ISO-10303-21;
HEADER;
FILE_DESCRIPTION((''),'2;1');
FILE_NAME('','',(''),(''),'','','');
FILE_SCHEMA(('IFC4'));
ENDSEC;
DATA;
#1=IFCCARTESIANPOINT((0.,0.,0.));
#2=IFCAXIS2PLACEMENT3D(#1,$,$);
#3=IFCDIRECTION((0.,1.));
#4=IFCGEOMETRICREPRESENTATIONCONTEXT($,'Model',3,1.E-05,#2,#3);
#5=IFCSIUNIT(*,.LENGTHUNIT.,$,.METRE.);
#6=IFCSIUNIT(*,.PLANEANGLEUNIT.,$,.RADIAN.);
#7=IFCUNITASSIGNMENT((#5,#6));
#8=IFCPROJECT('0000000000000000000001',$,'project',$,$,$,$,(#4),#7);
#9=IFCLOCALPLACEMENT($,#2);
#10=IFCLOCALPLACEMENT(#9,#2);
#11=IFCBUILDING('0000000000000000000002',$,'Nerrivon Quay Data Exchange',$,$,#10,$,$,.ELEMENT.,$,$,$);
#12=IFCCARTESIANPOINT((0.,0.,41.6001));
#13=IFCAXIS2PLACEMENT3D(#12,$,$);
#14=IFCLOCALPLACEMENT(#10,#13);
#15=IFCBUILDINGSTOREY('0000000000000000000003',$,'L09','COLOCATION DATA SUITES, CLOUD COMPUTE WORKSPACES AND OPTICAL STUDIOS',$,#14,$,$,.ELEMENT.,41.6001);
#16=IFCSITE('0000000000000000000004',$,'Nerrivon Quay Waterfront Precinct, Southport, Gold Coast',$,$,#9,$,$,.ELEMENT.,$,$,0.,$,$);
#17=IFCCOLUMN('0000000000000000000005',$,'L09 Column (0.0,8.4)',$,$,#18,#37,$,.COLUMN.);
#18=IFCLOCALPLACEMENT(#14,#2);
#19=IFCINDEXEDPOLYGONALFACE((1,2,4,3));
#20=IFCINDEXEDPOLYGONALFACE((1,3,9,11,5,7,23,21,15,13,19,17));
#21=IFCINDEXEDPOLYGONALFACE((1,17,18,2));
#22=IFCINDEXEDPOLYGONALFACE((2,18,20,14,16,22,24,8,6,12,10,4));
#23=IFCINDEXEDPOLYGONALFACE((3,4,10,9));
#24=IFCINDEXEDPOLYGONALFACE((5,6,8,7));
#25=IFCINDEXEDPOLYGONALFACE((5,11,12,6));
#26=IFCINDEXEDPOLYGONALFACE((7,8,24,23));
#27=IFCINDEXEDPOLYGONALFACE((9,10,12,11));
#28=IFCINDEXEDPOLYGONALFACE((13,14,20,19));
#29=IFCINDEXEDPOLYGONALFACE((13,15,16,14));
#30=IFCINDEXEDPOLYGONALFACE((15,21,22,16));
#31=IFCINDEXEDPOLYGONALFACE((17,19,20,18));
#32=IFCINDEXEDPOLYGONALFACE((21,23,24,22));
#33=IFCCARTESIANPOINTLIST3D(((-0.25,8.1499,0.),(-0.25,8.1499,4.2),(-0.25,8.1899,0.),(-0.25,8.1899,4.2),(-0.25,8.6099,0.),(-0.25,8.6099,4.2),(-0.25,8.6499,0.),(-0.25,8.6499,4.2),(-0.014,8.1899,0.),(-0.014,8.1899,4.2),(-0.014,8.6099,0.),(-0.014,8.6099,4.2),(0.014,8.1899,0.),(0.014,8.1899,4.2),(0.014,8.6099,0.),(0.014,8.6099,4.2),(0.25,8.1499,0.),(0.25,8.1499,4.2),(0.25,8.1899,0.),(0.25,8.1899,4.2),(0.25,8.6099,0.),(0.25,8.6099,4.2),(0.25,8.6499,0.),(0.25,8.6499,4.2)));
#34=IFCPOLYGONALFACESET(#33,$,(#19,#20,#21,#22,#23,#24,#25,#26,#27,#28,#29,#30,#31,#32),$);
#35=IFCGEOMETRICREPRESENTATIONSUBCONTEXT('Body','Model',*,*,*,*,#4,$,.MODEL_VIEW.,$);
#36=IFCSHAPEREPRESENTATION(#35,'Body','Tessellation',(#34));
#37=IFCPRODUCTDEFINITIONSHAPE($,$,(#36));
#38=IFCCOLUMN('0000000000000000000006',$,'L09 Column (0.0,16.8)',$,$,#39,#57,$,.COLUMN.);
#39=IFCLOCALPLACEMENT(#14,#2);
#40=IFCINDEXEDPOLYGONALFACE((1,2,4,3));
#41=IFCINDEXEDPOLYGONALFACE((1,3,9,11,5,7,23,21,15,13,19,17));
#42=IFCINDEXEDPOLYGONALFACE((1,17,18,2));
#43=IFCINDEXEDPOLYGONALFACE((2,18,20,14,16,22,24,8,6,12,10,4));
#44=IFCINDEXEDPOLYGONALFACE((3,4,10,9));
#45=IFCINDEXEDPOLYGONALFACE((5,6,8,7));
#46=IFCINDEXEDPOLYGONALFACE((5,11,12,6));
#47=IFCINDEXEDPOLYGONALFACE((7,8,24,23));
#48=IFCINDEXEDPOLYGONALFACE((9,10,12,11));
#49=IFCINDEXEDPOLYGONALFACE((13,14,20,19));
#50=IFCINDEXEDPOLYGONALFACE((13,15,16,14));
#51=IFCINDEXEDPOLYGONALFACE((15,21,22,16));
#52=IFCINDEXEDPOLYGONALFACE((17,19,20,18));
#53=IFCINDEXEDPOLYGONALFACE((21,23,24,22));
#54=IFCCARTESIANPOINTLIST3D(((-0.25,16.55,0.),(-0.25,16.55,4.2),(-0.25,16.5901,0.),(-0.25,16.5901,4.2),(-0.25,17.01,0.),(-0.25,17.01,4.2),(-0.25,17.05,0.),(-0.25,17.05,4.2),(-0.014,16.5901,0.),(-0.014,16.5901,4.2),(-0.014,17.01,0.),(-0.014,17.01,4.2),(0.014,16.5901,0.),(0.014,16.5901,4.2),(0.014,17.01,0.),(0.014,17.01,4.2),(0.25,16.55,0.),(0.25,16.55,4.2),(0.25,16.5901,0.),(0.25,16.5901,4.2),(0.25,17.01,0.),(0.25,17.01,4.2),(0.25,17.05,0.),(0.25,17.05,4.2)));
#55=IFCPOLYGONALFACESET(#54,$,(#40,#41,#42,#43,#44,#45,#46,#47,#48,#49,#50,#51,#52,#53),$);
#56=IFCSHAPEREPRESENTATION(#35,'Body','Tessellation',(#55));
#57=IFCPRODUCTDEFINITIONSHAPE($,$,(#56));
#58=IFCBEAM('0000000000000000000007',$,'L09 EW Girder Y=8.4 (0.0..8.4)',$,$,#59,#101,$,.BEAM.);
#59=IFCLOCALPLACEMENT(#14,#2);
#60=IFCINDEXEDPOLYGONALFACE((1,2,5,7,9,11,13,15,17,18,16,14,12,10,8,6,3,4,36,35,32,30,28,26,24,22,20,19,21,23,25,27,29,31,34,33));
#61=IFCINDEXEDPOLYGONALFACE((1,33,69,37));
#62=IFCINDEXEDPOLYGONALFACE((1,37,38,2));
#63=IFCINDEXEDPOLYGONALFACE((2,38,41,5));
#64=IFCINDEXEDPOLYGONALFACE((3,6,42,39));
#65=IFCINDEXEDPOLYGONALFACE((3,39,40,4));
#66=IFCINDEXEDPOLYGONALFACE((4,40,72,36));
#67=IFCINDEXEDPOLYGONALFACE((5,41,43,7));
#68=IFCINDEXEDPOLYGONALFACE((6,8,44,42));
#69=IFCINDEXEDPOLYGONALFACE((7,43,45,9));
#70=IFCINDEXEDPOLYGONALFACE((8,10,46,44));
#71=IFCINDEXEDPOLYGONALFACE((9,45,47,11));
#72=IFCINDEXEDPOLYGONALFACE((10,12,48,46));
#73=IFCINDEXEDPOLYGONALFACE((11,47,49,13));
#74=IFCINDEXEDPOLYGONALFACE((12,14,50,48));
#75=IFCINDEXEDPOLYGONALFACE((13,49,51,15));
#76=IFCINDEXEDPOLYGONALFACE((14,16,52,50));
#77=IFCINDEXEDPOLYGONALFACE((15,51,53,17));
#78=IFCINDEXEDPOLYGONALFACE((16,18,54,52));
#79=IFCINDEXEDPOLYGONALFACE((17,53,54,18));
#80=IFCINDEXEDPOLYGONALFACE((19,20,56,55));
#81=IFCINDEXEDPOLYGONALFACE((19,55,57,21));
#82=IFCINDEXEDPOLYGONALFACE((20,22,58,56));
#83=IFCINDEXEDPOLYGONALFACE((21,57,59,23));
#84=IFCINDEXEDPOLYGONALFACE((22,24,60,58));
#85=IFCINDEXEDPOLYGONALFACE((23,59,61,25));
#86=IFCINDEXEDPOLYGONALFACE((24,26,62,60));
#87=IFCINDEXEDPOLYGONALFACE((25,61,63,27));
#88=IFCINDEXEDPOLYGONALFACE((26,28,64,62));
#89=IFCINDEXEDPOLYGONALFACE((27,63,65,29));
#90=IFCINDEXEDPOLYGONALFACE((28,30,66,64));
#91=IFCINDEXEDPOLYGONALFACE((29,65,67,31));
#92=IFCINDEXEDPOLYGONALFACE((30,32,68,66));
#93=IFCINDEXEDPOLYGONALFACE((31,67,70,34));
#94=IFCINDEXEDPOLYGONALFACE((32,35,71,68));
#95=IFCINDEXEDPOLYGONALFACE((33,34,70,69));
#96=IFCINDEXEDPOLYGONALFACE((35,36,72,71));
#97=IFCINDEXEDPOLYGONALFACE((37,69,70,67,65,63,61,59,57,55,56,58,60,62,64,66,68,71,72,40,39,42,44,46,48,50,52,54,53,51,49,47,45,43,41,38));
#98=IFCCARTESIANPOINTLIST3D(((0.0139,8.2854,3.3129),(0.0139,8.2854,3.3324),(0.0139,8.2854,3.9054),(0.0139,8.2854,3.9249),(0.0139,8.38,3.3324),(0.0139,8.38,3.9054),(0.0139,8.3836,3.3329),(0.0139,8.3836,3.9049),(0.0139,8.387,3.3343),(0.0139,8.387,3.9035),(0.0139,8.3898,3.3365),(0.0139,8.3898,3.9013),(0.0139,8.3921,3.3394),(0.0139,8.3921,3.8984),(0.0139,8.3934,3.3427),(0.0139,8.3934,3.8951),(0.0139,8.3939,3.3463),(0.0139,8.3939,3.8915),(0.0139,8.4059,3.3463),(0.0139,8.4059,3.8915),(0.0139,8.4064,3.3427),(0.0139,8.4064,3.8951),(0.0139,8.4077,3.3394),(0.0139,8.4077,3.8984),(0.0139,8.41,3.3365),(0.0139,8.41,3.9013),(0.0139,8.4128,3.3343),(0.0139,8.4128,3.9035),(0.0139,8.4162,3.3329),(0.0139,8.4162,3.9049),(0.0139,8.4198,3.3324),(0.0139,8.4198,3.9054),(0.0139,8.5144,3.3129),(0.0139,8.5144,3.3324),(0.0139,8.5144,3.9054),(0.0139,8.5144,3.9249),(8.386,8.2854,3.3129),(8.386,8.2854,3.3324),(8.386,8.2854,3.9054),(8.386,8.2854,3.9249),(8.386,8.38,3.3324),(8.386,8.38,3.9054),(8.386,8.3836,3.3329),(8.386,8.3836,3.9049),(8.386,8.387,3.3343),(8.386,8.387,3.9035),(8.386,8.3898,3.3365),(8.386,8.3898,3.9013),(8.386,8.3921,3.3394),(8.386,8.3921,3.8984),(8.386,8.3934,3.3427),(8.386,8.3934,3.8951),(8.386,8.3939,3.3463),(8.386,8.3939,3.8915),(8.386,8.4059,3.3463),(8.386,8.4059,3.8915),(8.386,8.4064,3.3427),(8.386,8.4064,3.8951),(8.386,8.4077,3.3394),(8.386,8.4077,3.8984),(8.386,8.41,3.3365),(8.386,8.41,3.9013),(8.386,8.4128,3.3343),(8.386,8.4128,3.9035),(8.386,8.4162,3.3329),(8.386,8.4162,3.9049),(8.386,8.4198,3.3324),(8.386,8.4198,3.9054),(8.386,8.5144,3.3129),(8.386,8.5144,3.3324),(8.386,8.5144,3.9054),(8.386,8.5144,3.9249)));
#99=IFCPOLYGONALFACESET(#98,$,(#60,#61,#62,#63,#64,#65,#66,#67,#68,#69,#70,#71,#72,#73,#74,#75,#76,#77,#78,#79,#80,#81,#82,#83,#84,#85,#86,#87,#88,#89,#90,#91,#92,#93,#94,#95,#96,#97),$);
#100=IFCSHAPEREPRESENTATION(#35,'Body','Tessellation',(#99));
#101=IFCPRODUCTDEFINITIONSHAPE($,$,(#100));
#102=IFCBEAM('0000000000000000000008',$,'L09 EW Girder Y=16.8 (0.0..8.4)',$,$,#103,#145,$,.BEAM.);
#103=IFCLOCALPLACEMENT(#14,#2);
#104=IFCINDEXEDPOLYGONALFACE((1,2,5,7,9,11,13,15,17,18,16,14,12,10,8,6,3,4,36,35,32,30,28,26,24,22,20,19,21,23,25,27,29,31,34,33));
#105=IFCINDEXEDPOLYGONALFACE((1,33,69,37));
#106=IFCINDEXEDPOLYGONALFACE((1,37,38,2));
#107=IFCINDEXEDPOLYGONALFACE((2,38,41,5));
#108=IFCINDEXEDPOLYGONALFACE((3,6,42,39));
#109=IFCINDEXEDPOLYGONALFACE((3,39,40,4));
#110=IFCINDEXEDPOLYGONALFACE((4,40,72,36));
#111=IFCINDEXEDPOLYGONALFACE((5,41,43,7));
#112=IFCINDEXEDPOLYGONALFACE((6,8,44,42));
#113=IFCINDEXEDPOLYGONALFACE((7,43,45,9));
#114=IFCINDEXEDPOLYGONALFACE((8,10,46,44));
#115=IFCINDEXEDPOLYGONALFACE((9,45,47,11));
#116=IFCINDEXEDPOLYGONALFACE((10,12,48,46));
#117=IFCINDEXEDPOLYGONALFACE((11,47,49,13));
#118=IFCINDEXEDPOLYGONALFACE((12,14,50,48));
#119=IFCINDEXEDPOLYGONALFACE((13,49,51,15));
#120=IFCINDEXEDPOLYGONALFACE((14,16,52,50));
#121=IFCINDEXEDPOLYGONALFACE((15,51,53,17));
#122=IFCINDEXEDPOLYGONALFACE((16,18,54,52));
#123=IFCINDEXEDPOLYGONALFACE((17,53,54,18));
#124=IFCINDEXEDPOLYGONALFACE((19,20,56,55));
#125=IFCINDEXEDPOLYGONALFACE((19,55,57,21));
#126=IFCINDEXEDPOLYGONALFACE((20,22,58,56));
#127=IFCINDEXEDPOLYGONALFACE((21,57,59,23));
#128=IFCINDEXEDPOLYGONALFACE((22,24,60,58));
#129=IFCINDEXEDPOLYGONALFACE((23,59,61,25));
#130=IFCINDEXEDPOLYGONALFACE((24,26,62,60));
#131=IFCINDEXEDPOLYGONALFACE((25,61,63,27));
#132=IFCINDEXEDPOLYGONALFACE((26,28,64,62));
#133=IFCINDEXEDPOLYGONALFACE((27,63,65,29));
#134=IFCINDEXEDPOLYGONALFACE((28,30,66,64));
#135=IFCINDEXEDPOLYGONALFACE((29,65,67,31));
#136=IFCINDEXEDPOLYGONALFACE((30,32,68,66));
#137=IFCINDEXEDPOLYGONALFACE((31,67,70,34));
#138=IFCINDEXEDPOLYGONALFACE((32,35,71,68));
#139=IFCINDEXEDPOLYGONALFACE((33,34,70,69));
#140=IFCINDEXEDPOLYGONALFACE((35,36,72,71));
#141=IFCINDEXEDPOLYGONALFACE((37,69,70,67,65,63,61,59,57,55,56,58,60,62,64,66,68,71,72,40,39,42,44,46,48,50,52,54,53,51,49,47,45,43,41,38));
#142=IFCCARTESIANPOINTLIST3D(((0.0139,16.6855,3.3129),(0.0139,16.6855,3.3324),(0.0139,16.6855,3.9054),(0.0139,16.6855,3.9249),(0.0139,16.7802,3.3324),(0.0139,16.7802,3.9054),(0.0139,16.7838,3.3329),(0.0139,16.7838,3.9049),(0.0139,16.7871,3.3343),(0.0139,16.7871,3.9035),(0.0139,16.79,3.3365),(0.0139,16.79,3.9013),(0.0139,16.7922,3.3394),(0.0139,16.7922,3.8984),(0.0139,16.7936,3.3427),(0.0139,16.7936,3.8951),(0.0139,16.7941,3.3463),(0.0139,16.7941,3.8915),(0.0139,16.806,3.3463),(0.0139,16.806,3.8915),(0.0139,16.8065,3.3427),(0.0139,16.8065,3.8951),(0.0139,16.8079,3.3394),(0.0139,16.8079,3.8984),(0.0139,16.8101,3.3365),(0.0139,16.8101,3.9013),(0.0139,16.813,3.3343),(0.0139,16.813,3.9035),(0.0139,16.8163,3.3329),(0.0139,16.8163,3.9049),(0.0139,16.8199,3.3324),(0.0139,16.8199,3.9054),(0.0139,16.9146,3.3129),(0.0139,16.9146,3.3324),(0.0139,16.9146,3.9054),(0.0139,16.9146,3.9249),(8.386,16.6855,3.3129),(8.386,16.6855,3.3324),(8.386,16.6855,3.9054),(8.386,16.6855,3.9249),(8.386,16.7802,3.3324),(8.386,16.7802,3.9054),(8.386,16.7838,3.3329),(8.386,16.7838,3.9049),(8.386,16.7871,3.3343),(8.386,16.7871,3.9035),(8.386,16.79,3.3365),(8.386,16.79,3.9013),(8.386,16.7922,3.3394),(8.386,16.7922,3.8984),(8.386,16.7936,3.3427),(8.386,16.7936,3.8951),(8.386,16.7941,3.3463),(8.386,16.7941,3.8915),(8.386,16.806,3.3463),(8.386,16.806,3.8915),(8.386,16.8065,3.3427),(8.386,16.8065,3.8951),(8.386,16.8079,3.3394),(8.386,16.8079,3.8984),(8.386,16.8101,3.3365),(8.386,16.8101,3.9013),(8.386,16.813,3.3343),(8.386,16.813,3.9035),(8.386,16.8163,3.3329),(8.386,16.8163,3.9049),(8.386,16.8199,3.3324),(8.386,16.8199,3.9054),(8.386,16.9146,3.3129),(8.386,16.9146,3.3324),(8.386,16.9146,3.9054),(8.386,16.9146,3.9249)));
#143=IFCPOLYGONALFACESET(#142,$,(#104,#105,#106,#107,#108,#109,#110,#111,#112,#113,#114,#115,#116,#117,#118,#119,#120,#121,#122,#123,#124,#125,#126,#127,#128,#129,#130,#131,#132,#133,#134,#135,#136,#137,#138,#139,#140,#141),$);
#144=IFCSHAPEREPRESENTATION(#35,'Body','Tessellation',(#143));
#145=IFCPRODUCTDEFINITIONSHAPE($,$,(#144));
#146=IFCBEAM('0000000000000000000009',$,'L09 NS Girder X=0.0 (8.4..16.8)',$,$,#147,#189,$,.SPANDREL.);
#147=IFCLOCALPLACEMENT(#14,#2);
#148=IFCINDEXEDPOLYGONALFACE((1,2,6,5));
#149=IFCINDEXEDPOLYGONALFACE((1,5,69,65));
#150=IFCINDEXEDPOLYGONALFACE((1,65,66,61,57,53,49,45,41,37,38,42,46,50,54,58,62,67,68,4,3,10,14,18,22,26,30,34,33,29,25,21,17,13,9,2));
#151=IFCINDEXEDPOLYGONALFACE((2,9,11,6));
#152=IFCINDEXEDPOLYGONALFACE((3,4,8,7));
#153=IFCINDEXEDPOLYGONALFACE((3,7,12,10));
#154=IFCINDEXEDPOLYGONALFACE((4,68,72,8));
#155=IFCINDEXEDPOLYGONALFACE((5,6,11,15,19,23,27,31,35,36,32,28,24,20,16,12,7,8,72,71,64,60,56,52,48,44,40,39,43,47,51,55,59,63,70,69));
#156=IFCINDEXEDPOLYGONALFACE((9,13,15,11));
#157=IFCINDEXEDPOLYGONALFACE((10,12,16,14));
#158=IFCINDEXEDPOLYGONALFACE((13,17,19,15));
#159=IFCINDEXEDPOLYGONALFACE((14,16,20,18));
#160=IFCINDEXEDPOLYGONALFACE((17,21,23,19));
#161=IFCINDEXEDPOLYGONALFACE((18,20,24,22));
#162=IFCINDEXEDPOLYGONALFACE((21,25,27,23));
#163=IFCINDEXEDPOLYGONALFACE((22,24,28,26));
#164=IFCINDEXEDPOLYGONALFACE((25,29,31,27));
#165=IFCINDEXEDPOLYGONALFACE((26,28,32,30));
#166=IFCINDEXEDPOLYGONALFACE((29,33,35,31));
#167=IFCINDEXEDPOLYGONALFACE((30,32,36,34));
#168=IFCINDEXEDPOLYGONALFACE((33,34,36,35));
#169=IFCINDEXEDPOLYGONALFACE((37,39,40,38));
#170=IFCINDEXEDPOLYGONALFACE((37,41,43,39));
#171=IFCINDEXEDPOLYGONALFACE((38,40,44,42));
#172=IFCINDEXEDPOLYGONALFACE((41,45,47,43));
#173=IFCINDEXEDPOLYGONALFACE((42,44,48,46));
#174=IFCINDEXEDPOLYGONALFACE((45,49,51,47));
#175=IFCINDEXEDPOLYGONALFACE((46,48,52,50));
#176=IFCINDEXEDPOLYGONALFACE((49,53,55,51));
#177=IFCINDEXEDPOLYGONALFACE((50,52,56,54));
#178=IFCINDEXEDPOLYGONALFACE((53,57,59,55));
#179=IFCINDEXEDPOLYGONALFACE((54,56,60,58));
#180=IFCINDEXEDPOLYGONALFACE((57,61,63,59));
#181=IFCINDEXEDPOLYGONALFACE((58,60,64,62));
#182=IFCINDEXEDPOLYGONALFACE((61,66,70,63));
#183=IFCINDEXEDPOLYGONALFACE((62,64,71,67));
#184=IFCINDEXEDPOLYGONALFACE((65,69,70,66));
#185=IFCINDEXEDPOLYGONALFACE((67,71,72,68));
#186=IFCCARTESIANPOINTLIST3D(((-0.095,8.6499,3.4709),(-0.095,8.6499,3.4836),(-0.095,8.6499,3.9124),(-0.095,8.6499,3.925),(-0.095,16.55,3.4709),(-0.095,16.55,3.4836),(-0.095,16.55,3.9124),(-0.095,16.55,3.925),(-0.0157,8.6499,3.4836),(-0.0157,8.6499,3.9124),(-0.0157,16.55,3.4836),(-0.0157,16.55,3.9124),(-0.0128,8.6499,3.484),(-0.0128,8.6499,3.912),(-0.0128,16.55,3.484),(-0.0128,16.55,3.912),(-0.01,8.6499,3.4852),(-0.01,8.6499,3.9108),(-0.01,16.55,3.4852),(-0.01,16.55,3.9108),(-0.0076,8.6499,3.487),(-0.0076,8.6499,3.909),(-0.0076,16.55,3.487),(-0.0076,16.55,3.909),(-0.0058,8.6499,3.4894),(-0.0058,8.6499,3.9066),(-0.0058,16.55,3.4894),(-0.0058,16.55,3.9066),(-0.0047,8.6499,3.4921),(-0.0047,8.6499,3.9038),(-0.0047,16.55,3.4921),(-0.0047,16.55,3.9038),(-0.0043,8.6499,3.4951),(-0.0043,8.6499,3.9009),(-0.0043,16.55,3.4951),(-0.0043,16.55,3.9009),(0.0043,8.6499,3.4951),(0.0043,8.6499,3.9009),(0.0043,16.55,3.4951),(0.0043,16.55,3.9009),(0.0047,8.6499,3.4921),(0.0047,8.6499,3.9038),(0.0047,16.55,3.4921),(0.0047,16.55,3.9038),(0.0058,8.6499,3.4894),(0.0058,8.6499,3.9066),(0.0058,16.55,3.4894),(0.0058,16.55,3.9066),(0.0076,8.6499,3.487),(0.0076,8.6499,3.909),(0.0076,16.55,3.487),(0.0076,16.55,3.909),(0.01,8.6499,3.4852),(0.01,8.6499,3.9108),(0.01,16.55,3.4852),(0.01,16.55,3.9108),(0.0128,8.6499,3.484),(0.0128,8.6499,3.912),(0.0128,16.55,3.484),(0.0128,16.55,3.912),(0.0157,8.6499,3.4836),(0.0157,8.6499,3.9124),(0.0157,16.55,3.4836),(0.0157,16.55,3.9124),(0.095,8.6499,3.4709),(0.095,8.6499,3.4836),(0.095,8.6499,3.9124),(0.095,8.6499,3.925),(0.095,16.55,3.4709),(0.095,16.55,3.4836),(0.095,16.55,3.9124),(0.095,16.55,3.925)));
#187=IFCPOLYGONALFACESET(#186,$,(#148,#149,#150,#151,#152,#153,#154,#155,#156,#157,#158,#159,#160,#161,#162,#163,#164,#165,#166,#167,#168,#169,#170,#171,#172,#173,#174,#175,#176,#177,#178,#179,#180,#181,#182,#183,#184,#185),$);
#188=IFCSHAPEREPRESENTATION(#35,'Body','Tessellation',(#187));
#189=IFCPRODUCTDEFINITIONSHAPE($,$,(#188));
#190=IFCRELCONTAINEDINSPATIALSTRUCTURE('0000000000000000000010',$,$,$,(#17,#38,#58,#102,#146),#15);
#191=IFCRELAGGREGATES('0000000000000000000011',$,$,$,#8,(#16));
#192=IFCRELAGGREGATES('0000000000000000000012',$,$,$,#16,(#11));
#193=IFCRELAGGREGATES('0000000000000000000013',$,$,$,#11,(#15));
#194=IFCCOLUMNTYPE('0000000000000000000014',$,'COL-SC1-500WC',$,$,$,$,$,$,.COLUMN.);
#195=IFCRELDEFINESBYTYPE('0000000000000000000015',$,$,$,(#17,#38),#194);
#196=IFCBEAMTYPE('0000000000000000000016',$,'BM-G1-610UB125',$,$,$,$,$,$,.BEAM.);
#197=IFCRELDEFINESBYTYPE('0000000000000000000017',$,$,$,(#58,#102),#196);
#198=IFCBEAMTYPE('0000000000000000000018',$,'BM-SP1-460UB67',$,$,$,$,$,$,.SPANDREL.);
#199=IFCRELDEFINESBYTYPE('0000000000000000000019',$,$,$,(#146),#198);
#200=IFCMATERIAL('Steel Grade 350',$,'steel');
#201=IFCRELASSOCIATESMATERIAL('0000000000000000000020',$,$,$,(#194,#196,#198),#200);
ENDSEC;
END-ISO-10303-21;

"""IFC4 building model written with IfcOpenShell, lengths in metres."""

from ifc_helpers import new_model, si_unit, direction, frame, origin, origin_2d, place, context, subcontext, project, spatial, i_section, extrude, material, material_profile, profile_set, type_object, element, save


model = new_model("IFC4")

# Units and contexts
model_context = context("Model", 3, precision=1e-05, world=origin(), true_north=direction((0.0, 1.0)))
body_context = subcontext(model_context, "Body", "Model", "MODEL_VIEW")
ifc_project = project(units=[si_unit("LENGTHUNIT", "METRE"), si_unit("PLANEANGLEUNIT", "RADIAN")], contexts=[model_context])

# Site, building, storey
site_placement = place(None, origin())
site = spatial("IfcSite", under=ifc_project, at=site_placement, Name="Nerrivon Quay Waterfront Precinct, Southport, Gold Coast", CompositionType="ELEMENT", RefElevation=0.0)
building_placement = place(site_placement, origin())
building = spatial("IfcBuilding", under=site, at=building_placement, Name="Nerrivon Quay Data Exchange", CompositionType="ELEMENT")
storey_placement = place(building_placement, frame((0.0, 0.0, 41.6001)))
storey = spatial("IfcBuildingStorey", under=building, at=storey_placement, Name="L09", Description="COLOCATION DATA SUITES, CLOUD COMPUTE WORKSPACES AND OPTICAL STUDIOS", CompositionType="ELEMENT", Elevation=41.6001)

# Columns
ifc_material_1 = material(Name="Steel Grade 350", Category="steel")
ifc_material_profile_1 = material_profile(ifc_material_1, i_section(OverallWidth=0.5, OverallDepth=0.5, WebThickness=0.0281, FlangeThickness=0.04, at=origin_2d()), Name="500WC440")
ifc_profile_set_1 = profile_set([ifc_material_profile_1], Name="Steel Grade 350")
column_type = type_object("IfcColumnType", Name="COL-SC1-500WC", PredefinedType="COLUMN", material=ifc_profile_set_1)
for number, where, z_axis, x_axis, name in (
    (1, (0.0, 8.3999, 0.0), (0.0, 0.0, 1.0), (1.0, 0.0, 0.0), "L09 Column (0.0,8.4)"),
    (2, (0.0, 16.8, 0.0), (0.0, 0.0, 1.0), (1.0, 0.0, 0.0), "L09 Column (0.0,16.8)"),
):
    element("IfcColumn", number, at=place(storey_placement, frame(where, z_axis=z_axis, x_axis=x_axis)), inside=storey, type_object=column_type, Name=name, PredefinedType="COLUMN", context=body_context, shape_type="SweptSolid", body=[
        extrude(i_section(OverallWidth=0.5, OverallDepth=0.5, WebThickness=0.0281, FlangeThickness=0.04, at=origin_2d()), origin(), (0.0, 0.0, 1.0), 4.2),
    ])

# Beams
ifc_material_profile_2 = material_profile(ifc_material_1, i_section(OverallWidth=0.229, OverallDepth=0.6121, WebThickness=0.012, FlangeThickness=0.0195, FilletRadius=0.0139, at=origin_2d()), Name="610UB125")
ifc_profile_set_2 = profile_set([ifc_material_profile_2], Name="Steel Grade 350")
beam_type_1 = type_object("IfcBeamType", Name="BM-G1-610UB125", PredefinedType="BEAM", material=ifc_profile_set_2)
for number, where, z_axis, x_axis, name in (
    (3, (0.0139, 8.3999, 3.6189), (1.0, 0.0, 0.0), (0.0, 1.0, 0.0), "L09 EW Girder Y=8.4 (0.0..8.4)"),
    (4, (0.0139, 16.8, 3.6189), (1.0, 0.0, 0.0), (0.0, 1.0, 0.0), "L09 EW Girder Y=16.8 (0.0..8.4)"),
):
    element("IfcBeam", number, at=place(storey_placement, frame(where, z_axis=z_axis, x_axis=x_axis)), inside=storey, type_object=beam_type_1, Name=name, PredefinedType="BEAM", context=body_context, shape_type="SweptSolid", body=[
        extrude(i_section(OverallWidth=0.229, OverallDepth=0.6121, WebThickness=0.012, FlangeThickness=0.0195, FilletRadius=0.0139, at=origin_2d()), origin(), (0.0, 0.0, 1.0), 8.3721),
    ])
ifc_material_profile_3 = material_profile(ifc_material_1, i_section(OverallWidth=0.1899, OverallDepth=0.4541, WebThickness=0.0085, FlangeThickness=0.0127, FilletRadius=0.0115, at=origin_2d()), Name="460UB67.1")
ifc_profile_set_3 = profile_set([ifc_material_profile_3], Name="Steel Grade 350")
beam_type_2 = type_object("IfcBeamType", Name="BM-SP1-460UB67", PredefinedType="SPANDREL", material=ifc_profile_set_3)
beam_1_placement = place(storey_placement, frame((0.0, 8.6499, 3.698), z_axis=(0.0, 1.0, 0.0), x_axis=(-1.0, 0.0, 0.0)))
element("IfcBeam", 5, at=beam_1_placement, inside=storey, type_object=beam_type_2, Name="L09 NS Girder X=0.0 (8.4..16.8)", PredefinedType="SPANDREL", context=body_context, shape_type="SweptSolid", body=[
    extrude(i_section(OverallWidth=0.1899, OverallDepth=0.4541, WebThickness=0.0085, FlangeThickness=0.0127, FilletRadius=0.0115, at=origin_2d()), origin(), (0.0, 0.0, 1.0), 7.9001),
])

save(model, "model.ifc")
